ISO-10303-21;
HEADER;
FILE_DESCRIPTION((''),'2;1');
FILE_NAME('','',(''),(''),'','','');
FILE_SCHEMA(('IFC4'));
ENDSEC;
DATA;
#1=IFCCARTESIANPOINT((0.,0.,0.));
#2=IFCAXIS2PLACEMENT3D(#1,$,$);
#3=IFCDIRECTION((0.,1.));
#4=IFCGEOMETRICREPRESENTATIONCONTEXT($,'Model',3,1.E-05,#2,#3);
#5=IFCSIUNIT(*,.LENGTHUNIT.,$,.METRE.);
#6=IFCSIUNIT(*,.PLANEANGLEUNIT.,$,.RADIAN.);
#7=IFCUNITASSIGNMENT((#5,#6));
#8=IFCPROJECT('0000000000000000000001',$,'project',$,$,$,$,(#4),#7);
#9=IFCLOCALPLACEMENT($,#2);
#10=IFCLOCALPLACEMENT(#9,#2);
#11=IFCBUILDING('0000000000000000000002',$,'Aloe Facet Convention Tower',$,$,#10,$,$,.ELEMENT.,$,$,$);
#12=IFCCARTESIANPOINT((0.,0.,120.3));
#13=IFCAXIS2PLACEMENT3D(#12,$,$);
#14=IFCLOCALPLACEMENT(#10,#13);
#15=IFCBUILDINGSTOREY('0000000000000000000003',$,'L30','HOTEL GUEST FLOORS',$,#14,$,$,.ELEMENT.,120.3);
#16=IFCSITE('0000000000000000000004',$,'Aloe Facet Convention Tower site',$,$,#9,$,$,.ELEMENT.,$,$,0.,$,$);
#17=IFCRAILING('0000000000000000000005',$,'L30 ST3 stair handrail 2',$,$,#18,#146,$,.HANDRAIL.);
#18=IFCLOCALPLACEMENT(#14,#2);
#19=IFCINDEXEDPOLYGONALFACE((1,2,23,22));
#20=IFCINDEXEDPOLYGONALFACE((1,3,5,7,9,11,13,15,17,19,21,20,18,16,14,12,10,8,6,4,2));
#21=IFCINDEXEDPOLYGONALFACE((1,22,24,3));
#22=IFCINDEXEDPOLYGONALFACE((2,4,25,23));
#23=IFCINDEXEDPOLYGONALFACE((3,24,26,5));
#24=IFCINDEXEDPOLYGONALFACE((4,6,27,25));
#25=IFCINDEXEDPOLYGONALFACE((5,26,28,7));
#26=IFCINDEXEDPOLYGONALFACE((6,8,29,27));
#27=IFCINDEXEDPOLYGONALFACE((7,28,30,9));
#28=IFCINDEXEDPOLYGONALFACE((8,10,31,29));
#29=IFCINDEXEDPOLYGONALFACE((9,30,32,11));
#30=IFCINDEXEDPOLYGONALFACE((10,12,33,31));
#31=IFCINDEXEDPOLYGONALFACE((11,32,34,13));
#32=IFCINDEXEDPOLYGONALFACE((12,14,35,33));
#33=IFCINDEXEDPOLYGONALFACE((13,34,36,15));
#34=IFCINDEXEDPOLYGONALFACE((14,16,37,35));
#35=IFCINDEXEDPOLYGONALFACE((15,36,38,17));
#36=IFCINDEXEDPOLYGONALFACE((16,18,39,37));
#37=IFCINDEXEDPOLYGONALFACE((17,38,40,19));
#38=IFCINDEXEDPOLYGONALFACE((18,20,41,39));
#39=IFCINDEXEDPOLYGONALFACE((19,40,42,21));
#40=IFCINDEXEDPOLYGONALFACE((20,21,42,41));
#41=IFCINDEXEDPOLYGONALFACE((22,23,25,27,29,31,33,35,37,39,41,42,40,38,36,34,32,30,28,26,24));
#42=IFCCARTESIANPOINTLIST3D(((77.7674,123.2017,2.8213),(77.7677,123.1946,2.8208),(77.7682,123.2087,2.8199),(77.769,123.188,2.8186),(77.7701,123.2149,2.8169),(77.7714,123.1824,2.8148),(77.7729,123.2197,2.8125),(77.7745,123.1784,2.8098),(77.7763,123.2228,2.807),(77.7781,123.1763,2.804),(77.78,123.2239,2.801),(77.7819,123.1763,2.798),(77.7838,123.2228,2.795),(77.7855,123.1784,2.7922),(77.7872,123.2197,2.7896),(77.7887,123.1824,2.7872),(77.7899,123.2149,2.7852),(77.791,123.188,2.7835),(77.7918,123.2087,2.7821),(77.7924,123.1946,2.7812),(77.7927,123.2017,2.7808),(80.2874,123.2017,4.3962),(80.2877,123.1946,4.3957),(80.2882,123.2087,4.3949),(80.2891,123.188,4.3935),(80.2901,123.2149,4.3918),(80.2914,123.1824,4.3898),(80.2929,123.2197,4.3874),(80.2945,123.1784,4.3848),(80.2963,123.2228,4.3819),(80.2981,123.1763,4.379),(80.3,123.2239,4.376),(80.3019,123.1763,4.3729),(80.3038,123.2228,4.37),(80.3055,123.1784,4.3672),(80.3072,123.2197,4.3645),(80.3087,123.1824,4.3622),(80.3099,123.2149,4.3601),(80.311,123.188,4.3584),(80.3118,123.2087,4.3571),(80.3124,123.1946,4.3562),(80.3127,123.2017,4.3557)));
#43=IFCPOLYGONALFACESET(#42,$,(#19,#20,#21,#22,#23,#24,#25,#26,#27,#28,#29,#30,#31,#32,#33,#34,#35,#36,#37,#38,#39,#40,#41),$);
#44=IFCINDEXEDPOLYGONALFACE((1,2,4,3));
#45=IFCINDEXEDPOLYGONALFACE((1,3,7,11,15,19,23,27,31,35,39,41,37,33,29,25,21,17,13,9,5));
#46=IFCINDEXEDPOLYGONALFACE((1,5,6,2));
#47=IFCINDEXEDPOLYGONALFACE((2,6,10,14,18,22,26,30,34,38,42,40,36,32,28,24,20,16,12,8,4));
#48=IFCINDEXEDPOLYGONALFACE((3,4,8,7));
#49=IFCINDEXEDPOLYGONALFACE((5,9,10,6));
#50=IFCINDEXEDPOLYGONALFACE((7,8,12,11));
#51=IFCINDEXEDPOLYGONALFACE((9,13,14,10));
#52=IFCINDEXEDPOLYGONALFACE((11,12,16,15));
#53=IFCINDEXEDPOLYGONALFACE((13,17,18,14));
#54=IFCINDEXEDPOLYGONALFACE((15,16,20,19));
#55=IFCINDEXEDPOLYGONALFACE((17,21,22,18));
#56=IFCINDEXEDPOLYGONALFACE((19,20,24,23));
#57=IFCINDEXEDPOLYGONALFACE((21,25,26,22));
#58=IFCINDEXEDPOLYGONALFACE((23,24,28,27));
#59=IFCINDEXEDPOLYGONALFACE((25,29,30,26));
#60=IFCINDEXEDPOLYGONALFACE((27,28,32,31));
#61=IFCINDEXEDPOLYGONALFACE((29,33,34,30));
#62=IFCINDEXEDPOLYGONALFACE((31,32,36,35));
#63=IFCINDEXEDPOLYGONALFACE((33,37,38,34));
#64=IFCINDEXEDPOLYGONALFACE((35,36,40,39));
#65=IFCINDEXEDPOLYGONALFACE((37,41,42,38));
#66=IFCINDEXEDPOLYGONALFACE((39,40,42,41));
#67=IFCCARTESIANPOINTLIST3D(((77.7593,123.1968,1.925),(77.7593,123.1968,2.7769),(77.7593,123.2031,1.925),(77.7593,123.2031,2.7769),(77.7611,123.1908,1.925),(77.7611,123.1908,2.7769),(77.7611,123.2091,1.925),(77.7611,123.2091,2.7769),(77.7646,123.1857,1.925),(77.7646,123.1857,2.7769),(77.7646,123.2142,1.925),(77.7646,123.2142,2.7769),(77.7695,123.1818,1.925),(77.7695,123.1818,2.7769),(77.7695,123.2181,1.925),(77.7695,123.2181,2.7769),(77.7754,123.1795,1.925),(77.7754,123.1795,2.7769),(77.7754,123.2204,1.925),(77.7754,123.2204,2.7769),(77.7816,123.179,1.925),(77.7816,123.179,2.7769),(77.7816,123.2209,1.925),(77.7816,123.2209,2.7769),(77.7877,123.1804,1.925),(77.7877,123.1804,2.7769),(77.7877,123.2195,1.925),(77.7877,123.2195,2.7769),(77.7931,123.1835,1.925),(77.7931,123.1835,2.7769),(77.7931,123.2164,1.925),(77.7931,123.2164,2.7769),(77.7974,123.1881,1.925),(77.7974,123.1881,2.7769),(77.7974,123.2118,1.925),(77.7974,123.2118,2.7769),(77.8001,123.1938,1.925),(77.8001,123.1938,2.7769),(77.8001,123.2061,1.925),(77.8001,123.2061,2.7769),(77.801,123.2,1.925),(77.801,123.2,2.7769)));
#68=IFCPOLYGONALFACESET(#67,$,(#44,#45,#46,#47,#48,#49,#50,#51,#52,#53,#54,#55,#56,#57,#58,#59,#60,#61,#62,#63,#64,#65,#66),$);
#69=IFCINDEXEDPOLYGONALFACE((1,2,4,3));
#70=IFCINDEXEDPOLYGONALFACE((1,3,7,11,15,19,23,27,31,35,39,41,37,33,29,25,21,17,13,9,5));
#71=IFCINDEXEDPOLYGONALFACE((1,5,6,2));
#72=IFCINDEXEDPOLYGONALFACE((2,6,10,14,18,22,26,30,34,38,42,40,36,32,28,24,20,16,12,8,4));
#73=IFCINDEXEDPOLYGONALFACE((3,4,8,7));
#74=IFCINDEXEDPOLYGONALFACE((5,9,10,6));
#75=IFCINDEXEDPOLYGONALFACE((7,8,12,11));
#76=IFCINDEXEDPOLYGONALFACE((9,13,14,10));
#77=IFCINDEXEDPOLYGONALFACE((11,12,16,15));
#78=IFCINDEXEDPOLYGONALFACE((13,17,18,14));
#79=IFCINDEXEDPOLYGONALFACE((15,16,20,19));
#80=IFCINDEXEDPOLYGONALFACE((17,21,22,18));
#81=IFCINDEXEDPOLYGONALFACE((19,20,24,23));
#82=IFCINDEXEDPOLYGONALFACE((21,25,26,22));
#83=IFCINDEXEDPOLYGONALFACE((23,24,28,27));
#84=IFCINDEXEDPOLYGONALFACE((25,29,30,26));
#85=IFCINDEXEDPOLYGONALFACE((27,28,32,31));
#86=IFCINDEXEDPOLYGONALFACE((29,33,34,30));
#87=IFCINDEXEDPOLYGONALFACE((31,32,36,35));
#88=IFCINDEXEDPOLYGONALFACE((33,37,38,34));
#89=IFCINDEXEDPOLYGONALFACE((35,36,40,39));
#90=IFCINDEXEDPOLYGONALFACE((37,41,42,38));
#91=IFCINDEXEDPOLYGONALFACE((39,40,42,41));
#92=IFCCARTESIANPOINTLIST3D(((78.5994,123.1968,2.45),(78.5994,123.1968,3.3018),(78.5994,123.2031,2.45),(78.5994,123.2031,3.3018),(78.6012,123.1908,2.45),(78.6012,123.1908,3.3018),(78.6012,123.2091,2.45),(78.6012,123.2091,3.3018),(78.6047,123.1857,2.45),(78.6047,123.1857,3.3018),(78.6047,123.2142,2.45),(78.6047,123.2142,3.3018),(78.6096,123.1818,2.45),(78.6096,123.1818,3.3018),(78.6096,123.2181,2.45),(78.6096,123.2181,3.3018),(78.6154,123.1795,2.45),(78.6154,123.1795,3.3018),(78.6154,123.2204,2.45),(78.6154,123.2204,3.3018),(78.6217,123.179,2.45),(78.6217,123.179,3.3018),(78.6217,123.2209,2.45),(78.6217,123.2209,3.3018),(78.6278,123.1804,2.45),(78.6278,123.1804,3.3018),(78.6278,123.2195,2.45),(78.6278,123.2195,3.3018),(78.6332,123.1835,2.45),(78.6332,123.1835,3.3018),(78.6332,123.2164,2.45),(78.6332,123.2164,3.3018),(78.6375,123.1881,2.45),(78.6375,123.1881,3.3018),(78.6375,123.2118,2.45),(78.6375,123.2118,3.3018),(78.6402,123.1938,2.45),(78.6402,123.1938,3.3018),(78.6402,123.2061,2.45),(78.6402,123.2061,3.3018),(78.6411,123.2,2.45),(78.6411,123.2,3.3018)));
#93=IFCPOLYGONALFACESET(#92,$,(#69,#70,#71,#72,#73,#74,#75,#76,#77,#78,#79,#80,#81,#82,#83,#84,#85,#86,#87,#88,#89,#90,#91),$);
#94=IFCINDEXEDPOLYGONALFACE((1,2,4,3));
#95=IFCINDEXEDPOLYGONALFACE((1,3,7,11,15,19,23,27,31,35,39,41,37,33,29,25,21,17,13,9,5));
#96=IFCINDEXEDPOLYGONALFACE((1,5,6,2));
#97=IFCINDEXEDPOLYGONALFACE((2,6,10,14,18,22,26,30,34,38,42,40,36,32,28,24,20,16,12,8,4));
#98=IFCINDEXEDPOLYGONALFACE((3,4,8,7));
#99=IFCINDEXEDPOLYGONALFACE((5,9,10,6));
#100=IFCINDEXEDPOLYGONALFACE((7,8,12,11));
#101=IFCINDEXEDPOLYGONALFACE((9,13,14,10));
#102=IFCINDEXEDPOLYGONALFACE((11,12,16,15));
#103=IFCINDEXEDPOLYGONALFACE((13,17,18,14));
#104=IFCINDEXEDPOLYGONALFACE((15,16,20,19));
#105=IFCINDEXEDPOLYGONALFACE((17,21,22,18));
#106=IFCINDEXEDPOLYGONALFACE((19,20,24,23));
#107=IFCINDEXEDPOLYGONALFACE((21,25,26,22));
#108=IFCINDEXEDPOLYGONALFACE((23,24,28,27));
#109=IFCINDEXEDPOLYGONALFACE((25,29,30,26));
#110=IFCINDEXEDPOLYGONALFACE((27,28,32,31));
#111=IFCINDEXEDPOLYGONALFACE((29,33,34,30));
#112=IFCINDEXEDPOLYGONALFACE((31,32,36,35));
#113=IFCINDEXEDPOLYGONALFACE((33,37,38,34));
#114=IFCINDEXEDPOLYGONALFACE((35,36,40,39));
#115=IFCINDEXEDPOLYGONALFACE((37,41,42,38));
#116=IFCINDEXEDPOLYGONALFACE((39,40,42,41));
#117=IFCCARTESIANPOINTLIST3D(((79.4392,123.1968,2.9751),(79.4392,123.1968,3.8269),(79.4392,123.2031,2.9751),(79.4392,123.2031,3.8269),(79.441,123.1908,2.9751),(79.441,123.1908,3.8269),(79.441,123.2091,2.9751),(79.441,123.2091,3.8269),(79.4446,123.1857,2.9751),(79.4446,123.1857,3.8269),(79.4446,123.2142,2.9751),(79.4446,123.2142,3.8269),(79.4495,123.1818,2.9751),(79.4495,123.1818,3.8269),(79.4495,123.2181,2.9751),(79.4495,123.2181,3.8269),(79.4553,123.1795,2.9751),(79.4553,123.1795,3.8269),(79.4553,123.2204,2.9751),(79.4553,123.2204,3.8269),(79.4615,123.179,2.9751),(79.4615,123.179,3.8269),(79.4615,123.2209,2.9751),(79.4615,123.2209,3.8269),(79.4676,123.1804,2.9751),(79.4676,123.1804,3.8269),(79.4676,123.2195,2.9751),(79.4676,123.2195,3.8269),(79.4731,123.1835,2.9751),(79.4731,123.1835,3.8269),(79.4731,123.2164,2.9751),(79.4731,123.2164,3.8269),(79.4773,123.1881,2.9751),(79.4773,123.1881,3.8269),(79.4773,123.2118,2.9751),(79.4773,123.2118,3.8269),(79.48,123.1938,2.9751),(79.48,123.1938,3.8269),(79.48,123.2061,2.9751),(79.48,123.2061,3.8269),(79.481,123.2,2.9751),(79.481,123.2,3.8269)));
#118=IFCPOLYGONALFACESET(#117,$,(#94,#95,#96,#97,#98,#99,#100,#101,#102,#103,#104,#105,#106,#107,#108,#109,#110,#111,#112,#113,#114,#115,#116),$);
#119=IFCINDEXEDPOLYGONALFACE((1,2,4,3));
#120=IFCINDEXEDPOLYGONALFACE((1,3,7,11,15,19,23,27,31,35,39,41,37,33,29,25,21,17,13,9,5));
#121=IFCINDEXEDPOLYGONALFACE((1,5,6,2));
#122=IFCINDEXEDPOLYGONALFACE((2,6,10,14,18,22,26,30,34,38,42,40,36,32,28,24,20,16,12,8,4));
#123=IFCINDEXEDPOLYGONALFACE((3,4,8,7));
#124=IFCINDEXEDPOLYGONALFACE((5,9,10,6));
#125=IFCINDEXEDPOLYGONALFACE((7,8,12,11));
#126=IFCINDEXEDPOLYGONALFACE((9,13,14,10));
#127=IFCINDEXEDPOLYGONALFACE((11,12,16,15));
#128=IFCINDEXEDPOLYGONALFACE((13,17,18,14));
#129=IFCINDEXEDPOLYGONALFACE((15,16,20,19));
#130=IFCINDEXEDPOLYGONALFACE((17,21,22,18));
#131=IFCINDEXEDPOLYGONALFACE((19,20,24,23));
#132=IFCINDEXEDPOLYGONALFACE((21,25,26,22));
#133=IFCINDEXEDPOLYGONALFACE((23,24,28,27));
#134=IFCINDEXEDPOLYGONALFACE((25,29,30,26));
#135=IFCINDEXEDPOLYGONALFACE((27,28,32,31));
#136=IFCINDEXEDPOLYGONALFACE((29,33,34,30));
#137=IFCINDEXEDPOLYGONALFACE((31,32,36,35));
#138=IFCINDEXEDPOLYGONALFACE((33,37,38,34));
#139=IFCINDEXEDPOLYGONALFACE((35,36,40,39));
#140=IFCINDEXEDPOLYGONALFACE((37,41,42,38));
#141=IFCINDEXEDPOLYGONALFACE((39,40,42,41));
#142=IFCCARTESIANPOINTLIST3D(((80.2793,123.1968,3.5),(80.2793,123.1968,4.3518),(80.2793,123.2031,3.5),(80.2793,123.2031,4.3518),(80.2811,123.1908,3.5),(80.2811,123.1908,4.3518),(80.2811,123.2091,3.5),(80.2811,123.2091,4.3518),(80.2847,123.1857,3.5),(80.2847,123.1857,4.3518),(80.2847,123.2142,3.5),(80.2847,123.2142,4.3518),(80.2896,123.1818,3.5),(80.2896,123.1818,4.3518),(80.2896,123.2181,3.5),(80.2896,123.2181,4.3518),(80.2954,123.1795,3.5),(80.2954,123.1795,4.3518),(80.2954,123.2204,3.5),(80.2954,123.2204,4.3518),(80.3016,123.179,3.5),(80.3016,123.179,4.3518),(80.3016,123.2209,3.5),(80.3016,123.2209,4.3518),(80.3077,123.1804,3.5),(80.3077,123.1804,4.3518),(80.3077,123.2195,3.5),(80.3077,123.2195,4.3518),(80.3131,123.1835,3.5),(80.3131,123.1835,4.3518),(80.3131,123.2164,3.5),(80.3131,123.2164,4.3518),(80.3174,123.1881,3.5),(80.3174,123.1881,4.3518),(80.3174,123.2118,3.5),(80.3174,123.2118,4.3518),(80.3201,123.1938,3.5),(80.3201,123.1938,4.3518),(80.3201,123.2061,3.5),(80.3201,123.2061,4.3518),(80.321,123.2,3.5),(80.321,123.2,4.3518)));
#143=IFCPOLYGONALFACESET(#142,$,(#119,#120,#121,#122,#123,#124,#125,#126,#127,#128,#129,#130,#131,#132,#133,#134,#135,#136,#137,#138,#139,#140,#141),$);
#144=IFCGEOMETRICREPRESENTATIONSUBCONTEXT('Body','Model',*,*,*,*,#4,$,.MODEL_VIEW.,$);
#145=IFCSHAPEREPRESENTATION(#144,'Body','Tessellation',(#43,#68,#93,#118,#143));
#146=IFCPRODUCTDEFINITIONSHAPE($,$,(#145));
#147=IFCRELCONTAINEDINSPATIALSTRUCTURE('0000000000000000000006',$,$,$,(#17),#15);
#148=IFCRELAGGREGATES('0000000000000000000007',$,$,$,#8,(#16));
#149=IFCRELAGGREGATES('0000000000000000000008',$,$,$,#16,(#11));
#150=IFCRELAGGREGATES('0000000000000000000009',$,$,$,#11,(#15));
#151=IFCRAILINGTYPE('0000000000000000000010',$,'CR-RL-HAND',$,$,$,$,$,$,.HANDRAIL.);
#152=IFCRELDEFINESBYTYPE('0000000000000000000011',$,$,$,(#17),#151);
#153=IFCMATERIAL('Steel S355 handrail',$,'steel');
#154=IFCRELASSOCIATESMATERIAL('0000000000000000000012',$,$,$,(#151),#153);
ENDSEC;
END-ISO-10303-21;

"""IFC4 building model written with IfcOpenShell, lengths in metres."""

from ifc_helpers import new_model, si_unit, direction, frame, origin, origin_2d, place, context, subcontext, project, spatial, circle, extrude, material, type_object, element, save


model = new_model("IFC4")

# Units and contexts
model_context = context("Model", 3, precision=1e-05, world=origin(), true_north=direction((0.0, 1.0)))
body_context = subcontext(model_context, "Body", "Model", "MODEL_VIEW")
ifc_project = project(units=[si_unit("LENGTHUNIT", "METRE"), si_unit("PLANEANGLEUNIT", "RADIAN")], contexts=[model_context])

# Site, building, storey
site_placement = place(None, origin())
site = spatial("IfcSite", under=ifc_project, at=site_placement, Name="Aloe Facet Convention Tower site", CompositionType="ELEMENT", RefElevation=0.0)
building_placement = place(site_placement, origin())
building = spatial("IfcBuilding", under=site, at=building_placement, Name="Aloe Facet Convention Tower", CompositionType="ELEMENT")
storey_placement = place(building_placement, frame((0.0, 0.0, 120.3)))
storey = spatial("IfcBuildingStorey", under=building, at=storey_placement, Name="L30", Description="HOTEL GUEST FLOORS", CompositionType="ELEMENT", Elevation=120.3)

# Railing
ifc_material_1 = material(Name="Steel S355 handrail", Category="steel")
railing_type_1 = type_object("IfcRailingType", Name="CR-RL-HAND", PredefinedType="HANDRAIL", material=ifc_material_1)
railing_1_placement = place(storey_placement, frame((77.78, 123.2, 1.925)))
element("IfcRailing", 1, at=railing_1_placement, inside=storey, type_object=railing_type_1, Name="L30 ST3 stair handrail 2", PredefinedType="HANDRAIL", context=body_context, shape_type="SweptSolid", body=[
    extrude(circle(Radius=0.0239, at=origin_2d()), frame((0.0, 0.0, 0.876), z_axis=(0.848008, 0.0, 0.529984), x_axis=(0.0, 1.0, 0.0)), (0.0, 0.0, 1.0), 2.9717),
    extrude(circle(Radius=0.021, at=origin_2d()), origin(), (0.0, 0.0, 1.0), 0.8518),
    extrude(circle(Radius=0.021, at=origin_2d()), frame((0.8401, 0.0, 0.5249)), (0.0, 0.0, 1.0), 0.8518),
    extrude(circle(Radius=0.021, at=origin_2d()), frame((1.6799, 0.0, 1.05)), (0.0, 0.0, 1.0), 0.8518),
    extrude(circle(Radius=0.021, at=origin_2d()), frame((2.52, 0.0, 1.575)), (0.0, 0.0, 1.0), 0.8518),
])

save(model, "model.ifc")
